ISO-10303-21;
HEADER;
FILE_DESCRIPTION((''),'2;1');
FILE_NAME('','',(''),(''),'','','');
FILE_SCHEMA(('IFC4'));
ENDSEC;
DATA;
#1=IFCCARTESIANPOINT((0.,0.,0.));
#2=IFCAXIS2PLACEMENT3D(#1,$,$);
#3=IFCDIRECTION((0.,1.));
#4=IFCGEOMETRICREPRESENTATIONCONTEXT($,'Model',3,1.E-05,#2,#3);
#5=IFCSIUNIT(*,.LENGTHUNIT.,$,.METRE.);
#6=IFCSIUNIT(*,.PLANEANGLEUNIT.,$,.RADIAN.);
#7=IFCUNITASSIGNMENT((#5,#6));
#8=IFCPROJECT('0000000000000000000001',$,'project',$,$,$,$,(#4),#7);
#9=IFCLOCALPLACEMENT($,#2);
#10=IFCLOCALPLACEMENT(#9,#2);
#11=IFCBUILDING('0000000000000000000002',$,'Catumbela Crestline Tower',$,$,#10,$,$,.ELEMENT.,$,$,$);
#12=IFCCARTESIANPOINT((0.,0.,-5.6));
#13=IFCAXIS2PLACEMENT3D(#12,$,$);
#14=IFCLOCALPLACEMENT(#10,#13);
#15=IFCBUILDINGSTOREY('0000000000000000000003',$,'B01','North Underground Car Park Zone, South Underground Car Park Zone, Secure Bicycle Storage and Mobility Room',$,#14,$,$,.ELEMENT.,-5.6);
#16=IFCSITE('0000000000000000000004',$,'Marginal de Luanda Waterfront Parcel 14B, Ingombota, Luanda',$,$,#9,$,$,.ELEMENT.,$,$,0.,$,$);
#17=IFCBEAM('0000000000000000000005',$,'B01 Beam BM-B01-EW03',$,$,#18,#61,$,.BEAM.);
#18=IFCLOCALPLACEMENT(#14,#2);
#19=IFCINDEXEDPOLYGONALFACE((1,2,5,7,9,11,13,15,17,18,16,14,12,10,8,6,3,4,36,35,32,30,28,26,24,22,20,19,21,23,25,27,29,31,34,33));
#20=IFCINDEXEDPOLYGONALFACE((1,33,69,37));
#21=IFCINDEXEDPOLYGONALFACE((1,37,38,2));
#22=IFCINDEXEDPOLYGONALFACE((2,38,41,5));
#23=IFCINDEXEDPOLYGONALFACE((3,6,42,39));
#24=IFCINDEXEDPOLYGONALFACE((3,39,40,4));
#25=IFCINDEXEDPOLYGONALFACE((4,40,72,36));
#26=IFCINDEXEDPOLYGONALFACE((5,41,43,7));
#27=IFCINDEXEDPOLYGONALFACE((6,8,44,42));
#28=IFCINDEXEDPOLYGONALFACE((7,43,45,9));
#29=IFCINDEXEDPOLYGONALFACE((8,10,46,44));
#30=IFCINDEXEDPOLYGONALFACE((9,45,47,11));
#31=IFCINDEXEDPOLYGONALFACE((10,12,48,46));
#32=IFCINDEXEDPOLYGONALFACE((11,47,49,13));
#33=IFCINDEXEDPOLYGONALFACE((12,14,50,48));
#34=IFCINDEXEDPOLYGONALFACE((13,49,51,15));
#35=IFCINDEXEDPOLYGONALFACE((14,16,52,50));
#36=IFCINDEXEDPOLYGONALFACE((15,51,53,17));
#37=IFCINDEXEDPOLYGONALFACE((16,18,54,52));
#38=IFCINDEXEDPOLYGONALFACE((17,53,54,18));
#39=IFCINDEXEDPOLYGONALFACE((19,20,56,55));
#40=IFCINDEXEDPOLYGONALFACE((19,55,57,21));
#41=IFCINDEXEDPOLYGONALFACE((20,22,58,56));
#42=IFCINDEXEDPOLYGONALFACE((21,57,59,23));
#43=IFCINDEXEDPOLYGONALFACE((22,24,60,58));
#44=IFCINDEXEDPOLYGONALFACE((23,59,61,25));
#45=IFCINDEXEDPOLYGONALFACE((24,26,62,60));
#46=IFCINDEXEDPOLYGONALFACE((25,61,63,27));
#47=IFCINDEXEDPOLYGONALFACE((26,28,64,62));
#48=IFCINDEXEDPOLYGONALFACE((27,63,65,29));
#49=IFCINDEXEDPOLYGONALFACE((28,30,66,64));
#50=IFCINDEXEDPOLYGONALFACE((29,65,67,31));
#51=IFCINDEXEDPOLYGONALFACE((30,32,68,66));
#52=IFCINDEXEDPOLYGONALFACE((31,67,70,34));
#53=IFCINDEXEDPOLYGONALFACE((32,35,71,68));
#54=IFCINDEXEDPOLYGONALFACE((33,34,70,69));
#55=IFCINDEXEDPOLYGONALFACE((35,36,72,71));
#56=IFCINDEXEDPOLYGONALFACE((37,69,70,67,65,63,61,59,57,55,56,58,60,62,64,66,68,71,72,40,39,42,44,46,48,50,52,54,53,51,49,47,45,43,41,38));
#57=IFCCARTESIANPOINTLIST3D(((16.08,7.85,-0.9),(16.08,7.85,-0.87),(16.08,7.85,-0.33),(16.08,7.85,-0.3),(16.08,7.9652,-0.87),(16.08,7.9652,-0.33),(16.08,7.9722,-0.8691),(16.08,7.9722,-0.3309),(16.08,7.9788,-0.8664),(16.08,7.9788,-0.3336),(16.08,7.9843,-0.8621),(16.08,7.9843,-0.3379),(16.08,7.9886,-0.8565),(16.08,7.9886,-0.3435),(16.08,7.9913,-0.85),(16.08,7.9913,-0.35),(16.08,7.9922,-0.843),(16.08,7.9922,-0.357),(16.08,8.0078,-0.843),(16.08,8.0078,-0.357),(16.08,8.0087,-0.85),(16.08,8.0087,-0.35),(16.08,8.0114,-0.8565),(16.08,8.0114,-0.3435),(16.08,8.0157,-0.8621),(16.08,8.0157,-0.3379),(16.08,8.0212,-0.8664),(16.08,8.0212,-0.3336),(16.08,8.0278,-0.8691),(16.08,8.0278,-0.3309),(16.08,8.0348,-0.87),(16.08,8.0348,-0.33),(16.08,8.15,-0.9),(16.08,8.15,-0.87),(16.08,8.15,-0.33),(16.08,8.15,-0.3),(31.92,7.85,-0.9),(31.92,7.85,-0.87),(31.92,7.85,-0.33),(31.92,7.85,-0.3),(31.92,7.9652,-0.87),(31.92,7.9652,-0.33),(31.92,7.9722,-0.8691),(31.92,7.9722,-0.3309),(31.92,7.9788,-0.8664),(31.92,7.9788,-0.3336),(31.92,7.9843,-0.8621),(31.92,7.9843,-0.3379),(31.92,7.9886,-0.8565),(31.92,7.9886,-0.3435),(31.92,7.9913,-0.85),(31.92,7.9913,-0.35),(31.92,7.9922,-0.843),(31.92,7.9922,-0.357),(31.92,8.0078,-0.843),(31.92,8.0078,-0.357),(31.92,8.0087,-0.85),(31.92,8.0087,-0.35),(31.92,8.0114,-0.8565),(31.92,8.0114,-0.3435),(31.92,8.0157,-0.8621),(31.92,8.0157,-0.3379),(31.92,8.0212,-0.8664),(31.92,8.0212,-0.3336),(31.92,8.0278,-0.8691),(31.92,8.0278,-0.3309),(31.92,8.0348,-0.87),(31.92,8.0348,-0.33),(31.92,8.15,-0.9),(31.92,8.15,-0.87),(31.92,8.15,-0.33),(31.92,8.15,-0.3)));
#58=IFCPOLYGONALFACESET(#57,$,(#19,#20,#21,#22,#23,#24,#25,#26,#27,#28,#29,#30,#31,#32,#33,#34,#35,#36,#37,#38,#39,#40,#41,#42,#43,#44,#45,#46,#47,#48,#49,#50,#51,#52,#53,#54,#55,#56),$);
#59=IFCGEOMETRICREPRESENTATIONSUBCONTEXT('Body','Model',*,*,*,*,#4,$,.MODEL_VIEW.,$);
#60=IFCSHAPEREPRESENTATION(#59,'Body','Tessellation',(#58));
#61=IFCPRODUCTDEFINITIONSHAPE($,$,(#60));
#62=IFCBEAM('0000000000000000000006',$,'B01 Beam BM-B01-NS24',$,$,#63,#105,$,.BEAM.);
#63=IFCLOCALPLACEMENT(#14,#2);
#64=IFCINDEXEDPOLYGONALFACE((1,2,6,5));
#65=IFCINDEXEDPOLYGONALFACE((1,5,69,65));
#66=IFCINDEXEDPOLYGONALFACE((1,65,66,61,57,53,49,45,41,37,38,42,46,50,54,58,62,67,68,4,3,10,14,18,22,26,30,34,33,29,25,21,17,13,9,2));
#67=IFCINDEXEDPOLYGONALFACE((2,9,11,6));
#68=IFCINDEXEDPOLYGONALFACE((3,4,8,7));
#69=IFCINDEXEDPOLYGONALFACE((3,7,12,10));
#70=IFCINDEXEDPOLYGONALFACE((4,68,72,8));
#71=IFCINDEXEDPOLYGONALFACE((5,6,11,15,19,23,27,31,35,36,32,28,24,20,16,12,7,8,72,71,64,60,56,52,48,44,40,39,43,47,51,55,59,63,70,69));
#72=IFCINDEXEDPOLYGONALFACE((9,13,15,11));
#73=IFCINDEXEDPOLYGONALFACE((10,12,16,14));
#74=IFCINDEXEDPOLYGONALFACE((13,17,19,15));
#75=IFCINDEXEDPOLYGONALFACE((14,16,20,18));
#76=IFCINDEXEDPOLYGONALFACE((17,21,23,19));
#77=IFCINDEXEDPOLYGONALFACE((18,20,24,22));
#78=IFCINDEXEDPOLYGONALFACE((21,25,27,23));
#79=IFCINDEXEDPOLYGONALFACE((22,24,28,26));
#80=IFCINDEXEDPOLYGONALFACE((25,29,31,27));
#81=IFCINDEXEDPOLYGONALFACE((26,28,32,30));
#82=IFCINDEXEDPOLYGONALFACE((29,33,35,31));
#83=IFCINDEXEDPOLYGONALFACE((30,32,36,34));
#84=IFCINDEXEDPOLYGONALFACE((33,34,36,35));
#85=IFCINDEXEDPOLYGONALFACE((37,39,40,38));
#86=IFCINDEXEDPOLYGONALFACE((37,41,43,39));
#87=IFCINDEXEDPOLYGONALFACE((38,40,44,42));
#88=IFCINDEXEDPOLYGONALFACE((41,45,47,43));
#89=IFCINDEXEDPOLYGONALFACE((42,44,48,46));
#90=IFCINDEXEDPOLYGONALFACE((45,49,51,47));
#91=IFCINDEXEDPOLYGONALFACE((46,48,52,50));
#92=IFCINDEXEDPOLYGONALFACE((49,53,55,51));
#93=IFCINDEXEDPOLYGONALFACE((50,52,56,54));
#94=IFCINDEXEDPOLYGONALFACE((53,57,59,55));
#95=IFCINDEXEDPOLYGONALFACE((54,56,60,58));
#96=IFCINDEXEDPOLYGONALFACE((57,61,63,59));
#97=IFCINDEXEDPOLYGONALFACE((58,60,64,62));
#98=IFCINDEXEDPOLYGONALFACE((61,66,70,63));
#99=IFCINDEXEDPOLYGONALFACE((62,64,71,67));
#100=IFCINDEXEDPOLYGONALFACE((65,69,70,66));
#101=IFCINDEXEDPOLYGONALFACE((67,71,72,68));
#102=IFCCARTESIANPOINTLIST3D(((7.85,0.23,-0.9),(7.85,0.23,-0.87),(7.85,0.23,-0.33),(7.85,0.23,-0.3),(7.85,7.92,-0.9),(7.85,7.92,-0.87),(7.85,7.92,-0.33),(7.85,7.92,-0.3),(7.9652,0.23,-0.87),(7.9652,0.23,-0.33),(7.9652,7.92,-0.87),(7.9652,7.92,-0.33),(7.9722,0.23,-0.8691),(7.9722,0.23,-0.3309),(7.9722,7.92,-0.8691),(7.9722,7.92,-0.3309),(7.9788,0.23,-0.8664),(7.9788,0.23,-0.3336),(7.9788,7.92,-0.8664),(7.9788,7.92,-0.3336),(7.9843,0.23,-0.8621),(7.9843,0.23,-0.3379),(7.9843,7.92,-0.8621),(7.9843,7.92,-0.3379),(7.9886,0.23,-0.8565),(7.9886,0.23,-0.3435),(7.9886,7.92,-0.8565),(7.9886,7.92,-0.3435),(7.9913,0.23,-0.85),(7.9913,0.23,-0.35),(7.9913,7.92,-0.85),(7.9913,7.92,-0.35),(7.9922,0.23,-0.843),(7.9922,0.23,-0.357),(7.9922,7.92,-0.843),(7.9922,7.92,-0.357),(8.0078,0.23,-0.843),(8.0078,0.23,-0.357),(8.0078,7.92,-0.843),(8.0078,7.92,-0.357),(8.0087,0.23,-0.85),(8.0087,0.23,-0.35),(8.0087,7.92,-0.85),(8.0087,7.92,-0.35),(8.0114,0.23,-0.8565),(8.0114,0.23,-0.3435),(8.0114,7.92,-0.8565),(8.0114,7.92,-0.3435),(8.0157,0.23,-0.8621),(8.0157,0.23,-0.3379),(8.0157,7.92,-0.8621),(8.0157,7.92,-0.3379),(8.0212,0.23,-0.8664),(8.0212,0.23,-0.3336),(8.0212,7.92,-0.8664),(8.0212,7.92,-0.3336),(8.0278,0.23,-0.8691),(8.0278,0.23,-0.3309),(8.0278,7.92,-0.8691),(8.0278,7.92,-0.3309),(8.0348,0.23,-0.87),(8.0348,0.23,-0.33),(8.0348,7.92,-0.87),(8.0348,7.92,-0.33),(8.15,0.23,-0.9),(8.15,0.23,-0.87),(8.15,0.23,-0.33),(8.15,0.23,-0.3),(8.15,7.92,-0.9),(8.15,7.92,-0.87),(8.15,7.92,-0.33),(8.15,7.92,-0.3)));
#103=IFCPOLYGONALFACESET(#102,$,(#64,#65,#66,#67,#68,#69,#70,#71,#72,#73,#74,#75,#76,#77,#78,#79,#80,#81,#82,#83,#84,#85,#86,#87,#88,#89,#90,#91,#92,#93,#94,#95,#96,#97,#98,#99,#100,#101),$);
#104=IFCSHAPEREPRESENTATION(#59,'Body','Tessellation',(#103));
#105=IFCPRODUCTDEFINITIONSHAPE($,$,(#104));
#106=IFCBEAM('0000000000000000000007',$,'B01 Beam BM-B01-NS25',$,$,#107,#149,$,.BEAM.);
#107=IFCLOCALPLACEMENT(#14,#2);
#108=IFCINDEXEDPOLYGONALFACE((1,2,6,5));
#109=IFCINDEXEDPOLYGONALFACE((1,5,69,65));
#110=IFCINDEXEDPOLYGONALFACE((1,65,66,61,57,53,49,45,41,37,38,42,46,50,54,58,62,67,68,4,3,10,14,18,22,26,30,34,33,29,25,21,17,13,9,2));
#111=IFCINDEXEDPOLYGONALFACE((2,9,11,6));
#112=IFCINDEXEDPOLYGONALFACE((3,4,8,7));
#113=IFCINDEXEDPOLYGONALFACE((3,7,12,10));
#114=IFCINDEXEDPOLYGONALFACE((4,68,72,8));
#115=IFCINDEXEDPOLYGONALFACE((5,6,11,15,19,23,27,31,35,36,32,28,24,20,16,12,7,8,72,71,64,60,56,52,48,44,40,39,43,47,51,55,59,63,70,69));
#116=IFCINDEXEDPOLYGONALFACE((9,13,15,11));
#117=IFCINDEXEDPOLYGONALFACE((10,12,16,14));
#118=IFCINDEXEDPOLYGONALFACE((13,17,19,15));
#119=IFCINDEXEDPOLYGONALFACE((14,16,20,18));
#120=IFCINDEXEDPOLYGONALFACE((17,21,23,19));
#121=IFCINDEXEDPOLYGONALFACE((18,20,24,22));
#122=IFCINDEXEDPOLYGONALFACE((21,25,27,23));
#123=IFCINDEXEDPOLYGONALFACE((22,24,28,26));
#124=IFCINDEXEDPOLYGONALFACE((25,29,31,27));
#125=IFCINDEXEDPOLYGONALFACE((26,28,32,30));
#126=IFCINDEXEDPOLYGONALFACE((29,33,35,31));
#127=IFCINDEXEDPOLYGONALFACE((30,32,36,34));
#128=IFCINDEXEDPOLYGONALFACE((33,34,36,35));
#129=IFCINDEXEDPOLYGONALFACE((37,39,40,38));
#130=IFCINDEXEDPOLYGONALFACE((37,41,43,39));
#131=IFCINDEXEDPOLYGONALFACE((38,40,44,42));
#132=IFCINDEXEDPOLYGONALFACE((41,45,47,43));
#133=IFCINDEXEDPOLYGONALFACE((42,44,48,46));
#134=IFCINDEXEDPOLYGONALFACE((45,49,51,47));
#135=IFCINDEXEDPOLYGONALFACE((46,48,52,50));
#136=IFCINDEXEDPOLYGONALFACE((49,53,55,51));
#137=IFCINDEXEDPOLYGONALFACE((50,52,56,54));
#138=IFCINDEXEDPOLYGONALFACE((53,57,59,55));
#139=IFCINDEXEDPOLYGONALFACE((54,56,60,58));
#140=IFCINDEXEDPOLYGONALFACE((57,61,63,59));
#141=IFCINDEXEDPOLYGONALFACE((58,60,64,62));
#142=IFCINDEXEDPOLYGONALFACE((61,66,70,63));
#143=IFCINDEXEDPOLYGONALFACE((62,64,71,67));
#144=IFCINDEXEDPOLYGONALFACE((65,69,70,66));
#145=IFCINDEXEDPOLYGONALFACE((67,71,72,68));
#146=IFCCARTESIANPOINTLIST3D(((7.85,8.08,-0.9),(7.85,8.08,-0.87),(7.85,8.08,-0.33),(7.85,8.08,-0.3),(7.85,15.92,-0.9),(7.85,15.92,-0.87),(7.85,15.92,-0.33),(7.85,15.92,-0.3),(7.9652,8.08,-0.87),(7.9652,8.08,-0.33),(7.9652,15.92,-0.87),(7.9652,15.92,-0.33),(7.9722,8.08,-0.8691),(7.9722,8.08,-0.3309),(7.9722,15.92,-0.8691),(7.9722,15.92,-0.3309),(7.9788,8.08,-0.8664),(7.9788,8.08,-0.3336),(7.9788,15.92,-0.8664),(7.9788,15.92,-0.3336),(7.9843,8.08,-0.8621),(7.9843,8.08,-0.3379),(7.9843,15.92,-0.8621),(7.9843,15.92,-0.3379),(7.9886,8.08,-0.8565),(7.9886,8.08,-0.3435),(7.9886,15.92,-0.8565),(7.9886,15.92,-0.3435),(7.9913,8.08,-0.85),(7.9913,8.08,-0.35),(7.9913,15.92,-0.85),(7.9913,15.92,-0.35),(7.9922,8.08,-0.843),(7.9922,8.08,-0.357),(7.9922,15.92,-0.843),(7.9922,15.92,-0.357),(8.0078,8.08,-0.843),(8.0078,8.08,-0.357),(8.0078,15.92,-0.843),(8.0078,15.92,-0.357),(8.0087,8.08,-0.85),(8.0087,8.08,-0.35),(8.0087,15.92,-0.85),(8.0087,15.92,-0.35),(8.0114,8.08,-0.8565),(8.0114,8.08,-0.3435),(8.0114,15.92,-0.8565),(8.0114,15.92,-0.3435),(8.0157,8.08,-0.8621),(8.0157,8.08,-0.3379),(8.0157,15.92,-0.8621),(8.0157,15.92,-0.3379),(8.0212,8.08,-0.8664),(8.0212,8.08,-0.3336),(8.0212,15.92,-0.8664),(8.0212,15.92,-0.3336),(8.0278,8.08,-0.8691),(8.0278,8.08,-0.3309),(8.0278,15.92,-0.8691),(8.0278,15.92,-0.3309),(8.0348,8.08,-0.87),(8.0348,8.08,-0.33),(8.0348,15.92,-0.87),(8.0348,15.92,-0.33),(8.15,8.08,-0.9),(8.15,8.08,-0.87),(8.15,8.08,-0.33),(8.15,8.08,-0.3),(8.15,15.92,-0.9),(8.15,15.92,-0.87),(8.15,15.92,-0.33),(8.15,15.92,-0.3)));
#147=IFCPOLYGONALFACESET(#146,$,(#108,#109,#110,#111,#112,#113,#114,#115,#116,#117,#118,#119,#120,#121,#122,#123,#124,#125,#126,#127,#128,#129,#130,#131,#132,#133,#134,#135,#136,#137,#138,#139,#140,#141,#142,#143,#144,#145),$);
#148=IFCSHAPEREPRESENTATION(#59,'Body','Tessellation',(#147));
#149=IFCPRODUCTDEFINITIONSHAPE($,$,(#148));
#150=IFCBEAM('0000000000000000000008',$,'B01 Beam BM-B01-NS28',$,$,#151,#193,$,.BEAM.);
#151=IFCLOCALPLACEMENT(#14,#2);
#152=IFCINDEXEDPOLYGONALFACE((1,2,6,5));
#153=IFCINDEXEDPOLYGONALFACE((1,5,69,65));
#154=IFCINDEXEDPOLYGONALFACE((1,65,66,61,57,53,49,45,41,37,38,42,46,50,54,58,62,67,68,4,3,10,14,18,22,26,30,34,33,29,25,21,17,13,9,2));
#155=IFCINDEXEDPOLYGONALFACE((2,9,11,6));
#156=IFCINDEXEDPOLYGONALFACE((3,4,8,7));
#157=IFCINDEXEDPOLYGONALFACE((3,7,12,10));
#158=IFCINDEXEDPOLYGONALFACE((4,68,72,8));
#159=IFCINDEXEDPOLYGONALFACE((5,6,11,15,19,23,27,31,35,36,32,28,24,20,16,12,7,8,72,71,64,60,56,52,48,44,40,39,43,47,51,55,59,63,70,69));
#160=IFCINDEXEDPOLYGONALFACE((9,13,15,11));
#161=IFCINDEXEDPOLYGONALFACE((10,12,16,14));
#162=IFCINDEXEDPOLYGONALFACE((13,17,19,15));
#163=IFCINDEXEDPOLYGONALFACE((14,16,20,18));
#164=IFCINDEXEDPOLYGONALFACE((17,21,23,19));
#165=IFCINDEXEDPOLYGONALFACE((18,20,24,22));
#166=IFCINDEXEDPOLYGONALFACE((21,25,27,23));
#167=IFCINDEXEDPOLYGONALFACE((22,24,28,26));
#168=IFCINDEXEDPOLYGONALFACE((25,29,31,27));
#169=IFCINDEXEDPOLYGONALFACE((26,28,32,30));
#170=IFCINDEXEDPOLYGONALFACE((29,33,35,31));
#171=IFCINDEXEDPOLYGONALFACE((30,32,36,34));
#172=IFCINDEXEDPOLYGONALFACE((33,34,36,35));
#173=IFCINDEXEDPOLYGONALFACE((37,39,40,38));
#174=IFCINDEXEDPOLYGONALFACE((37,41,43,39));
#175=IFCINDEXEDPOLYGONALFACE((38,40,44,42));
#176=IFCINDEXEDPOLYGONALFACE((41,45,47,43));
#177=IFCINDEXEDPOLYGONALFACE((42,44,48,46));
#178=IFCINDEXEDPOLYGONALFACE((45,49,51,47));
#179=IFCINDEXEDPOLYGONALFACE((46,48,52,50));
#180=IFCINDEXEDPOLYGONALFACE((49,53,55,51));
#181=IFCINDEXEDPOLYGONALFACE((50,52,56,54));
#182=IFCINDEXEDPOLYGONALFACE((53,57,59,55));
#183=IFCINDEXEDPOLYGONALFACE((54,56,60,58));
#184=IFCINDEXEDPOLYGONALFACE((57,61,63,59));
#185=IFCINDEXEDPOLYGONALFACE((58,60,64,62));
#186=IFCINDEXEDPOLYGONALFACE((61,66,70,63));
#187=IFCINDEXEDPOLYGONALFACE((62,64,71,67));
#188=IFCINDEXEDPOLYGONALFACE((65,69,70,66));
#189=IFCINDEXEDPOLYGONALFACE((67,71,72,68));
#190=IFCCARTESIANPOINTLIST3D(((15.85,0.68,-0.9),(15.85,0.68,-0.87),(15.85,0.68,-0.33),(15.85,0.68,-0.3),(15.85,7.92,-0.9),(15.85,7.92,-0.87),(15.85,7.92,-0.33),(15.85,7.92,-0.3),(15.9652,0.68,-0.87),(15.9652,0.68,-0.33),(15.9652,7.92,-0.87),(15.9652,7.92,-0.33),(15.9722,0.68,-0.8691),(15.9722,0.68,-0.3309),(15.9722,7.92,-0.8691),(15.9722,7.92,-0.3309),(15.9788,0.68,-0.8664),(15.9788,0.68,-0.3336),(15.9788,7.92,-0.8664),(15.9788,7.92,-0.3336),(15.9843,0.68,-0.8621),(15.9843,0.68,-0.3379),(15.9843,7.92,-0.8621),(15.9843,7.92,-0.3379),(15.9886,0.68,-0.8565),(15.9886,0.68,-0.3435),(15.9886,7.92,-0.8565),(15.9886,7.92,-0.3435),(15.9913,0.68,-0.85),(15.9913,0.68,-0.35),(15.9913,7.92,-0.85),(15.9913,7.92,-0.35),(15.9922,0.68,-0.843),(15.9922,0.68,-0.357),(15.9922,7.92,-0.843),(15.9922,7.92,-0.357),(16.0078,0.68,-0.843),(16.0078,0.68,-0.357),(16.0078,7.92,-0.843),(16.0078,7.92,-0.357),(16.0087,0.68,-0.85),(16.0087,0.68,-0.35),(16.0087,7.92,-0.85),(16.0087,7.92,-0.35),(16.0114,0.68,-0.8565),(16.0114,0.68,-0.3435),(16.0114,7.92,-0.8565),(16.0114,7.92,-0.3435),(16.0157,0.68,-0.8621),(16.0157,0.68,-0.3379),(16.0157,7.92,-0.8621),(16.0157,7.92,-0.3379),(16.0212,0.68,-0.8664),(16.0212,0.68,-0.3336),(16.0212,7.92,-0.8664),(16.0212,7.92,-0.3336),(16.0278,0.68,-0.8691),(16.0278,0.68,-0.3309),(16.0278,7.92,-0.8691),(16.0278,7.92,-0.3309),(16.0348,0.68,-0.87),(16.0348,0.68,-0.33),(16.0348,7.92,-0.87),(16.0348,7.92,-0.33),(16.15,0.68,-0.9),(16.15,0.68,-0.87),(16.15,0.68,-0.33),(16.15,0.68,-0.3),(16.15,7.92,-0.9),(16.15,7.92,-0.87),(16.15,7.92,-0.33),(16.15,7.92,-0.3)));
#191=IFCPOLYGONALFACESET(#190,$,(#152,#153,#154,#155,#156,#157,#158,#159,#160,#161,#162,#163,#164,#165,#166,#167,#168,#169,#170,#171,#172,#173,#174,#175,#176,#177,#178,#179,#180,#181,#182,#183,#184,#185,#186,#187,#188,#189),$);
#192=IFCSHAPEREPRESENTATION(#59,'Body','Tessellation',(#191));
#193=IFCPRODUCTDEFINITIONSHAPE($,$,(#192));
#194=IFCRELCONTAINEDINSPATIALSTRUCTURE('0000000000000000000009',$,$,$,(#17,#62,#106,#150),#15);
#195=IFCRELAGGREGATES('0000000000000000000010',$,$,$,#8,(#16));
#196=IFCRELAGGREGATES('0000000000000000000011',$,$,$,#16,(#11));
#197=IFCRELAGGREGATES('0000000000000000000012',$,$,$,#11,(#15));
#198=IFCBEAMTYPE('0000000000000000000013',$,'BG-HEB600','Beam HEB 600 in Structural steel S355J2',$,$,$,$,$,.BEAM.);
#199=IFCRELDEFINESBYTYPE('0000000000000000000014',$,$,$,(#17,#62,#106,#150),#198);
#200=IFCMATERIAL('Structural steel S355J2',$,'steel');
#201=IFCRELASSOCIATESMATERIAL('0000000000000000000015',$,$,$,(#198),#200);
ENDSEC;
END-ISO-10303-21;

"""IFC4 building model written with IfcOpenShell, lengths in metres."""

from ifc_helpers import new_model, si_unit, direction, frame, origin, origin_2d, place, context, subcontext, project, spatial, i_section, extrude, material, material_profile, profile_set, type_object, element, save


model = new_model("IFC4")

# Units and contexts
model_context = context("Model", 3, precision=1e-05, world=origin(), true_north=direction((0.0, 1.0)))
body_context = subcontext(model_context, "Body", "Model", "MODEL_VIEW")
ifc_project = project(units=[si_unit("LENGTHUNIT", "METRE"), si_unit("PLANEANGLEUNIT", "RADIAN")], contexts=[model_context])

# Site, building, storey
site_placement = place(None, origin())
site = spatial("IfcSite", under=ifc_project, at=site_placement, Name="Marginal de Luanda Waterfront Parcel 14B, Ingombota, Luanda", CompositionType="ELEMENT", RefElevation=0.0)
building_placement = place(site_placement, origin())
building = spatial("IfcBuilding", under=site, at=building_placement, Name="Catumbela Crestline Tower", CompositionType="ELEMENT")
storey_placement = place(building_placement, frame((0.0, 0.0, -5.6)))
storey = spatial("IfcBuildingStorey", under=building, at=storey_placement, Name="B01", Description="North Underground Car Park Zone, South Underground Car Park Zone, Secure Bicycle Storage and Mobility Room", CompositionType="ELEMENT", Elevation=-5.6)

# Beams
ifc_material_1 = material(Name="Structural steel S355J2", Category="steel")
ifc_material_profile_1 = material_profile(ifc_material_1, i_section(OverallWidth=0.3, OverallDepth=0.6, WebThickness=0.0155, FlangeThickness=0.03, FilletRadius=0.027, at=origin_2d()), Name="HEB 600")
ifc_profile_set_1 = profile_set([ifc_material_profile_1], Name="Structural steel S355J2")
beam_type_1 = type_object("IfcBeamType", Name="BG-HEB600", Description="Beam HEB 600 in Structural steel S355J2", PredefinedType="BEAM", material=ifc_profile_set_1)
beam_1_placement = place(storey_placement, frame((16.08, 8.0, -0.6), z_axis=(1.0, 0.0, 0.0), x_axis=(0.0, 1.0, 0.0)))
element("IfcBeam", 1, at=beam_1_placement, inside=storey, type_object=beam_type_1, Name="B01 Beam BM-B01-EW03", PredefinedType="BEAM", context=body_context, shape_type="SweptSolid", body=[
    extrude(i_section(OverallWidth=0.3, OverallDepth=0.6, WebThickness=0.0155, FlangeThickness=0.03, FilletRadius=0.027, at=origin_2d()), origin(), (0.0, 0.0, 1.0), 15.84),
])
beam_2_placement = place(storey_placement, frame((8.0, 0.23, -0.6), z_axis=(0.0, 1.0, 0.0), x_axis=(-1.0, 0.0, 0.0)))
element("IfcBeam", 2, at=beam_2_placement, inside=storey, type_object=beam_type_1, Name="B01 Beam BM-B01-NS24", PredefinedType="BEAM", context=body_context, shape_type="SweptSolid", body=[
    extrude(i_section(OverallWidth=0.3, OverallDepth=0.6, WebThickness=0.0155, FlangeThickness=0.03, FilletRadius=0.027, at=origin_2d()), origin(), (0.0, 0.0, 1.0), 7.69),
])
beam_3_placement = place(storey_placement, frame((8.0, 8.08, -0.6), z_axis=(0.0, 1.0, 0.0), x_axis=(-1.0, 0.0, 0.0)))
element("IfcBeam", 3, at=beam_3_placement, inside=storey, type_object=beam_type_1, Name="B01 Beam BM-B01-NS25", PredefinedType="BEAM", context=body_context, shape_type="SweptSolid", body=[
    extrude(i_section(OverallWidth=0.3, OverallDepth=0.6, WebThickness=0.0155, FlangeThickness=0.03, FilletRadius=0.027, at=origin_2d()), origin(), (0.0, 0.0, 1.0), 7.84),
])
beam_4_placement = place(storey_placement, frame((16.0, 0.68, -0.6), z_axis=(0.0, 1.0, 0.0), x_axis=(-1.0, 0.0, 0.0)))
element("IfcBeam", 4, at=beam_4_placement, inside=storey, type_object=beam_type_1, Name="B01 Beam BM-B01-NS28", PredefinedType="BEAM", context=body_context, shape_type="SweptSolid", body=[
    extrude(i_section(OverallWidth=0.3, OverallDepth=0.6, WebThickness=0.0155, FlangeThickness=0.03, FilletRadius=0.027, at=origin_2d()), origin(), (0.0, 0.0, 1.0), 7.24),
])

save(model, "model.ifc")
